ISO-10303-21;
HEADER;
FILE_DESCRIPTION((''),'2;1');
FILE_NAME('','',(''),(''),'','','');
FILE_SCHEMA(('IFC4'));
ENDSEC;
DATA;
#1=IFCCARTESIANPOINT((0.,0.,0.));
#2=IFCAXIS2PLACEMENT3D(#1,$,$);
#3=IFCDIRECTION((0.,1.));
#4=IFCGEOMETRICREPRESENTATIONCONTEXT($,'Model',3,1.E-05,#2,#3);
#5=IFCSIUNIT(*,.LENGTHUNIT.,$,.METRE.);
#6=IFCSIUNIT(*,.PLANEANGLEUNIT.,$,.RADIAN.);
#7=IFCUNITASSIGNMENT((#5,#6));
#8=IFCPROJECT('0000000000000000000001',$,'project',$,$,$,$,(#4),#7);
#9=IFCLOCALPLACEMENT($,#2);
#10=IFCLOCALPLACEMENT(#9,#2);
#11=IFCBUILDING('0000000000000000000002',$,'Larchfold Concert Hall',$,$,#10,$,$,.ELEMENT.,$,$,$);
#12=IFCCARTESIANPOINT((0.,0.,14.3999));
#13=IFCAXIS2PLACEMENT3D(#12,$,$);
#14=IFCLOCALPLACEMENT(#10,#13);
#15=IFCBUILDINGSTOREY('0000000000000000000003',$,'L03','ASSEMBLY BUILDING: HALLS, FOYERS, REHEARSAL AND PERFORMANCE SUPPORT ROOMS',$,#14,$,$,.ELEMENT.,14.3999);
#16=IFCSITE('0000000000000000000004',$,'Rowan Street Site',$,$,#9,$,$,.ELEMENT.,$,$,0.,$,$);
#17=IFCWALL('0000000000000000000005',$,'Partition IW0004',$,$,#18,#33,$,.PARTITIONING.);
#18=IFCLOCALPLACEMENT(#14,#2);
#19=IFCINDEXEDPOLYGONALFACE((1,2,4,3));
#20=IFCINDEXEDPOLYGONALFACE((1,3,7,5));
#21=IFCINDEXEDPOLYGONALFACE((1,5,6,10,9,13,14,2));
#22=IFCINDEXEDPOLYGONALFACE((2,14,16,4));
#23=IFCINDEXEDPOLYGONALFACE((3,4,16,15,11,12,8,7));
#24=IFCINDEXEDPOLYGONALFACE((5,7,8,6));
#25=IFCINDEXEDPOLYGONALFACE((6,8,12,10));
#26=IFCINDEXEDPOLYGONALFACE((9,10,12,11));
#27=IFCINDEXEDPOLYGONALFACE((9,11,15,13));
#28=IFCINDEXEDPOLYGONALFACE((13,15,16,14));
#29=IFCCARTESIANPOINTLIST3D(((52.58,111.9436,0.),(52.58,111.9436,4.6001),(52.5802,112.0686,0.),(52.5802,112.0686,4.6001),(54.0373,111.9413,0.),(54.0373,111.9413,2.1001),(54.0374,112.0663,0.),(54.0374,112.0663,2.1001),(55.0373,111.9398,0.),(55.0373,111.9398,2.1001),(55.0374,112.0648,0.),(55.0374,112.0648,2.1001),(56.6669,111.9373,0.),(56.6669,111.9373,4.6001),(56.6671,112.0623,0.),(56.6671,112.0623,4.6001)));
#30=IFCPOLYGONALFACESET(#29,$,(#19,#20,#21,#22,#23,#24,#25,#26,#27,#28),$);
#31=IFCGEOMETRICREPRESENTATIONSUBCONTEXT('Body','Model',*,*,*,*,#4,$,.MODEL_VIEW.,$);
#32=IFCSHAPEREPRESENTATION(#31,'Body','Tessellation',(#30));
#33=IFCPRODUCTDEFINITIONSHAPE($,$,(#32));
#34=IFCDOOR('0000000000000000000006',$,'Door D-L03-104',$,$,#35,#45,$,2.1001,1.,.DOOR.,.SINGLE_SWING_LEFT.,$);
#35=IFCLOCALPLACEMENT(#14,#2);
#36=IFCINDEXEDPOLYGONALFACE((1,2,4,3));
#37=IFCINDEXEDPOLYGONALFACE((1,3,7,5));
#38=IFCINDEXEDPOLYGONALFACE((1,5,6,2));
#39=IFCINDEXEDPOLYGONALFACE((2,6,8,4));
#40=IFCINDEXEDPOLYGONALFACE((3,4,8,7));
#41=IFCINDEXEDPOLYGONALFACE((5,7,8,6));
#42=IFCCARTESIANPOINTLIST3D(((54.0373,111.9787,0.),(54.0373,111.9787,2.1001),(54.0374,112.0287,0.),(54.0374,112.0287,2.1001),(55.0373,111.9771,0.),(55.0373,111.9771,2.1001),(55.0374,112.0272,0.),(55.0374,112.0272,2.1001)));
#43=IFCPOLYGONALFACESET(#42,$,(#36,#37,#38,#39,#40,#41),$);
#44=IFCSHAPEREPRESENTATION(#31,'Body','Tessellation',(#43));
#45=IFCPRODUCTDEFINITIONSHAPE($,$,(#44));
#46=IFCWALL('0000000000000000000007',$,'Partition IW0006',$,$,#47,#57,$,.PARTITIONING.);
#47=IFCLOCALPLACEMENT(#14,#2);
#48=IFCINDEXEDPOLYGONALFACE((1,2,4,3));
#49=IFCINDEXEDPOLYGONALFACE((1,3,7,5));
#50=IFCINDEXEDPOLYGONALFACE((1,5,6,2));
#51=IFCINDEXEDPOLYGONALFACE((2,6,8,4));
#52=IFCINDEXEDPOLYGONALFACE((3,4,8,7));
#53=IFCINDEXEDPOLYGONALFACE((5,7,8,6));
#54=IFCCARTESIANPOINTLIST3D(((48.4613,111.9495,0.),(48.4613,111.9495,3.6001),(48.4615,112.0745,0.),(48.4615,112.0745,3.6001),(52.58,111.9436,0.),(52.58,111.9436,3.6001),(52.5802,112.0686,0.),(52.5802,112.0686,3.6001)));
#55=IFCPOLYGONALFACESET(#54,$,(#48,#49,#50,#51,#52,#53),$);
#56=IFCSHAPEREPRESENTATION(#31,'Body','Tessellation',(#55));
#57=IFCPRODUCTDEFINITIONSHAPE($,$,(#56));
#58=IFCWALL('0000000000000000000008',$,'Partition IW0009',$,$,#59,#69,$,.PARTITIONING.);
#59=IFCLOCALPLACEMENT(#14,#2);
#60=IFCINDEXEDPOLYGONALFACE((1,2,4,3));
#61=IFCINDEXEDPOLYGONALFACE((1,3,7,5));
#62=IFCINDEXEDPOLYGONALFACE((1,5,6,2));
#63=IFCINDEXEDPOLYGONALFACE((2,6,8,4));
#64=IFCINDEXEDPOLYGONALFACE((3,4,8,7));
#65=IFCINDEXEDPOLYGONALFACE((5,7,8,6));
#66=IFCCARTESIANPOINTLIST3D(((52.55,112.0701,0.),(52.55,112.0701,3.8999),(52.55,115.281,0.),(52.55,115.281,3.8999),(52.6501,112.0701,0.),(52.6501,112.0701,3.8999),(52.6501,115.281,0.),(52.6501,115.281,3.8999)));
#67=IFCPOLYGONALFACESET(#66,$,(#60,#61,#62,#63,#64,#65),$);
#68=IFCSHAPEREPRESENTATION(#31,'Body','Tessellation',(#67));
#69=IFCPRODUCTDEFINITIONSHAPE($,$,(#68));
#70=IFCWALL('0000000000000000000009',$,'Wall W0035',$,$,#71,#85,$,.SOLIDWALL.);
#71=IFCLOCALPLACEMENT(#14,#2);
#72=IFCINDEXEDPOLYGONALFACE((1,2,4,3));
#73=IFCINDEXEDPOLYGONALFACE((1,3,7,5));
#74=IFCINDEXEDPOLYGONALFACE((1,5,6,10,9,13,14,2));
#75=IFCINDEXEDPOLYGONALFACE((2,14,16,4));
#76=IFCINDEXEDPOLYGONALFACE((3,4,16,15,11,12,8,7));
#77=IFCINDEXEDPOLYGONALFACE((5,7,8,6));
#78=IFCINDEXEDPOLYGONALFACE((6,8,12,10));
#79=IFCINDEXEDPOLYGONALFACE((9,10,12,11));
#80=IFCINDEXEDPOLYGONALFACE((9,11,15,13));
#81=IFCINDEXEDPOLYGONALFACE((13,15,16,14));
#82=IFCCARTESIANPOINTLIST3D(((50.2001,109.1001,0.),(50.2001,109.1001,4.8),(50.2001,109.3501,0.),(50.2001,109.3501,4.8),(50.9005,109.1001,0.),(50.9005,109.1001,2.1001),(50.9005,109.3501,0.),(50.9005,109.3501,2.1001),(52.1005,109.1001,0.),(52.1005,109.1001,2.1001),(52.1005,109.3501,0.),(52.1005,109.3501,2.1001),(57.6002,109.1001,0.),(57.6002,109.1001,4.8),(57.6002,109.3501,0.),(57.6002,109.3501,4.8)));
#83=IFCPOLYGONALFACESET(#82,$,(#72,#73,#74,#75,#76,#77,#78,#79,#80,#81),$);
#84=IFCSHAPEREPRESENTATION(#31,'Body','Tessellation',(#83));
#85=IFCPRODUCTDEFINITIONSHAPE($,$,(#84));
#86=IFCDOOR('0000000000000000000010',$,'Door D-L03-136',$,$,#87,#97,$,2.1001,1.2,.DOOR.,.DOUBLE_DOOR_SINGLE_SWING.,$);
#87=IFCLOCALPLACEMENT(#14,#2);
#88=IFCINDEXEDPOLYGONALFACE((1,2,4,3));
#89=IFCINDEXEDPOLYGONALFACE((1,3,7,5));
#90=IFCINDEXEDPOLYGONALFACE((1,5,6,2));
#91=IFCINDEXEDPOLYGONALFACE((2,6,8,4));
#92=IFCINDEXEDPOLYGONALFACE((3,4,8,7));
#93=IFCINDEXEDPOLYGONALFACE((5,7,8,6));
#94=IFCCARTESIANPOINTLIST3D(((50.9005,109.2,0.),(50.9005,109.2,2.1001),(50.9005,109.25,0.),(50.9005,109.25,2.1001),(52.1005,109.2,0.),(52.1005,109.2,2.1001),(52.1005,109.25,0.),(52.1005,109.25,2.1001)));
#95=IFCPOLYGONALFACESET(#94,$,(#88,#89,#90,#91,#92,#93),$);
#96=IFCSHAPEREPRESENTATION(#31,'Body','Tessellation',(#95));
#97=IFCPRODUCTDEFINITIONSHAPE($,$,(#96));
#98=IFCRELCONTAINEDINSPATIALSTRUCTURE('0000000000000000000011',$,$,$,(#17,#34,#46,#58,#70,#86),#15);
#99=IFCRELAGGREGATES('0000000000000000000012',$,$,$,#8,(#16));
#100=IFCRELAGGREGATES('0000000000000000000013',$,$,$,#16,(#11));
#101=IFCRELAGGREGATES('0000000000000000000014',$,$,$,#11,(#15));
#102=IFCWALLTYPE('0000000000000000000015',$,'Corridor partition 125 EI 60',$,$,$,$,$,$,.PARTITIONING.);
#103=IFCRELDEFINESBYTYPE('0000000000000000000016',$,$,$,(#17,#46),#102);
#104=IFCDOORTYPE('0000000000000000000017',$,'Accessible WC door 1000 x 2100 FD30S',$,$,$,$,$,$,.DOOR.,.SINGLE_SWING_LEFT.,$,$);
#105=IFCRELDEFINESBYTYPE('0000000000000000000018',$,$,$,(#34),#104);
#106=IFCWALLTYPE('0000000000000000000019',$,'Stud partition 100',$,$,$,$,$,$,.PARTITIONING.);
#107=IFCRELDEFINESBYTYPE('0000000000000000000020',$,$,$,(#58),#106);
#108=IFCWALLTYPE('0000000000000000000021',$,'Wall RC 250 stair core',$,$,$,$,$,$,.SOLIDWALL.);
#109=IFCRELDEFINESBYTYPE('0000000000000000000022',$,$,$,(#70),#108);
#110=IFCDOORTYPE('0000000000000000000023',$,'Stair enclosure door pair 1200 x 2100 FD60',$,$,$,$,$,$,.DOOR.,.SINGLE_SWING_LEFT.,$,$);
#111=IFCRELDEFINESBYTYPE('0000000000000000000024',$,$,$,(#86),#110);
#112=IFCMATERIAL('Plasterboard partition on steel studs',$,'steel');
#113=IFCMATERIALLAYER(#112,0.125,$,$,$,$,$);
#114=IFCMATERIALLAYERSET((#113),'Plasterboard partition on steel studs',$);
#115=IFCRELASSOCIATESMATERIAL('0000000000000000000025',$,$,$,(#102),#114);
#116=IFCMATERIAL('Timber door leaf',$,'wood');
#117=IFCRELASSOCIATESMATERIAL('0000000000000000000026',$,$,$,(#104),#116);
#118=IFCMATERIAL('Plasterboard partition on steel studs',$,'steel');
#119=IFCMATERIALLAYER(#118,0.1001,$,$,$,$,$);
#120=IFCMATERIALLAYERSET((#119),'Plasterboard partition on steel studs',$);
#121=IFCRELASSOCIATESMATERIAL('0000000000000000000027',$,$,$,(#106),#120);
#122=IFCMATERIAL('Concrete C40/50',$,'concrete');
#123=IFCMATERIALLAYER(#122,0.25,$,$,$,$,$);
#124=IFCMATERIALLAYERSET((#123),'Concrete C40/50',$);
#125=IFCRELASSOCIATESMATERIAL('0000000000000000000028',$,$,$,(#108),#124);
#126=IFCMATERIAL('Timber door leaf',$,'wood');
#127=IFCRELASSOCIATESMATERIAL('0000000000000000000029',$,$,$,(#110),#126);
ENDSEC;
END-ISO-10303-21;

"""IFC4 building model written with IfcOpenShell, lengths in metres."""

from ifc_helpers import new_model, si_unit, direction, frame, frame_2d, origin, place, context, subcontext, project, spatial, rectangle, extrude, material, layer, layer_set, type_object, element, fill, save


model = new_model("IFC4")

# Units and contexts
model_context = context("Model", 3, precision=1e-05, world=origin(), true_north=direction((0.0, 1.0)))
body_context = subcontext(model_context, "Body", "Model", "MODEL_VIEW")
ifc_project = project(units=[si_unit("LENGTHUNIT", "METRE"), si_unit("PLANEANGLEUNIT", "RADIAN")], contexts=[model_context])

# Site, building, storey
site_placement = place(None, origin())
site = spatial("IfcSite", under=ifc_project, at=site_placement, Name="Rowan Street Site", CompositionType="ELEMENT", RefElevation=0.0)
building_placement = place(site_placement, origin())
building = spatial("IfcBuilding", under=site, at=building_placement, Name="Larchfold Concert Hall", CompositionType="ELEMENT")
storey_placement = place(building_placement, frame((0.0, 0.0, 14.3999)))
storey = spatial("IfcBuildingStorey", under=building, at=storey_placement, Name="L03", Description="ASSEMBLY BUILDING: HALLS, FOYERS, REHEARSAL AND PERFORMANCE SUPPORT ROOMS", CompositionType="ELEMENT", Elevation=14.3999)

# Wall, opening, door
ifc_material_1 = material(Name="Plasterboard partition on steel studs", Category="steel")
ifc_layer_1 = layer(ifc_material_1, 0.125)
ifc_layer_set_1 = layer_set([ifc_layer_1], Name="Plasterboard partition on steel studs")
wall_type_1 = type_object("IfcWallType", Name="Corridor partition 125 EI 60", PredefinedType="PARTITIONING", material=ifc_layer_set_1)
wall_1_placement = place(storey_placement, frame((52.5801, 112.0061, 0.0), z_axis=(0.0, 0.0, 1.0), x_axis=(0.999999, -0.001553, 0.0)))
wall_1 = element("IfcWall", 1, at=wall_1_placement, inside=storey, type_object=wall_type_1, Name="Partition IW0004", PredefinedType="PARTITIONING", context=body_context, shape_type="SweptSolid", body=[
    extrude(rectangle(XDim=4.0869, YDim=0.125, at=frame_2d((2.0435, 0.0))), origin(), (0.0, 0.0, 1.0), 4.6001),
])
opening_1_placement = place(wall_1_placement, frame((1.4573, 0.0, 0.0)))
opening_1 = element("IfcOpeningElement", 2, at=opening_1_placement, cuts=wall_1, PredefinedType="OPENING", context=body_context, shape_type="SweptSolid", body=[
    extrude(rectangle(XDim=1.0, YDim=2.1001, at=frame_2d((0.5, 1.05))), frame((0.0, 0.0725, 0.0), z_axis=(0.0, -1.0, 0.0), x_axis=(1.0, 0.0, 0.0)), (0.0, 0.0, 1.0), 0.145),
])
ifc_material_2 = material(Name="Timber door leaf", Category="wood")
door_type_1 = type_object("IfcDoorType", Name="Accessible WC door 1000 x 2100 FD30S", OperationType="SINGLE_SWING_LEFT", PredefinedType="DOOR", material=ifc_material_2)
door_1_placement = place(opening_1_placement, origin())
door_1 = element("IfcDoor", 3, at=door_1_placement, inside=storey, type_object=door_type_1, Name="Door D-L03-104", OperationType="SINGLE_SWING_LEFT", OverallHeight=2.1001, OverallWidth=1.0, PredefinedType="DOOR", context=body_context, shape_type="SweptSolid", body=[
    extrude(rectangle(XDim=1.0, YDim=2.1001, at=frame_2d((0.5, 1.05))), frame((0.0, 0.0249, 0.0), z_axis=(0.0, -1.0, 0.0), x_axis=(1.0, 0.0, 0.0)), (0.0, 0.0, 1.0), 0.05),
])
fill(opening_1, door_1)

# Walls
wall_2_placement = place(storey_placement, frame((48.4614, 112.012, 0.0), z_axis=(0.0, 0.0, 1.0), x_axis=(0.999999, -0.001423, 0.0)))
element("IfcWall", 4, at=wall_2_placement, inside=storey, type_object=wall_type_1, Name="Partition IW0006", PredefinedType="PARTITIONING", context=body_context, shape_type="SweptSolid", body=[
    extrude(rectangle(XDim=4.1187, YDim=0.125, at=frame_2d((2.0593, 0.0))), origin(), (0.0, 0.0, 1.0), 3.6001),
])
ifc_material_3 = material(Name="Plasterboard partition on steel studs", Category="steel")
ifc_layer_2 = layer(ifc_material_3, 0.1001)
ifc_layer_set_2 = layer_set([ifc_layer_2], Name="Plasterboard partition on steel studs")
wall_type_2 = type_object("IfcWallType", Name="Stud partition 100", PredefinedType="PARTITIONING", material=ifc_layer_set_2)
wall_3_placement = place(storey_placement, frame((52.6001, 112.0701, 0.0), z_axis=(0.0, 0.0, 1.0), x_axis=(0.0, 1.0, 0.0)))
element("IfcWall", 5, at=wall_3_placement, inside=storey, type_object=wall_type_2, Name="Partition IW0009", PredefinedType="PARTITIONING", context=body_context, shape_type="SweptSolid", body=[
    extrude(rectangle(XDim=3.2109, YDim=0.1001, at=frame_2d((1.6055, 0.0))), origin(), (0.0, 0.0, 1.0), 3.8999),
])

# Wall, opening, door
ifc_material_4 = material(Name="Concrete C40/50", Category="concrete")
ifc_layer_3 = layer(ifc_material_4, 0.25)
ifc_layer_set_3 = layer_set([ifc_layer_3], Name="Concrete C40/50")
wall_type_3 = type_object("IfcWallType", Name="Wall RC 250 stair core", PredefinedType="SOLIDWALL", material=ifc_layer_set_3)
wall_4_placement = place(storey_placement, frame((50.2, 109.2251, 0.0), z_axis=(0.0, 0.0, 1.0), x_axis=(1.0, 0.0, 0.0)))
wall_4 = element("IfcWall", 6, at=wall_4_placement, inside=storey, type_object=wall_type_3, Name="Wall W0035", PredefinedType="SOLIDWALL", context=body_context, shape_type="SweptSolid", body=[
    extrude(rectangle(XDim=7.4001, YDim=0.25, at=frame_2d((3.7002, 0.0))), origin(), (0.0, 0.0, 1.0), 4.8),
])
opening_2_placement = place(wall_4_placement, frame((0.7004, 0.0, 0.0)))
opening_2 = element("IfcOpeningElement", 7, at=opening_2_placement, cuts=wall_4, PredefinedType="OPENING", context=body_context, shape_type="SweptSolid", body=[
    extrude(rectangle(XDim=1.2, YDim=2.1001, at=frame_2d((0.6001, 1.05))), frame((0.0, 0.135, 0.0), z_axis=(0.0, -1.0, 0.0), x_axis=(1.0, 0.0, 0.0)), (0.0, 0.0, 1.0), 0.27),
])
ifc_material_5 = material(Name="Timber door leaf", Category="wood")
door_type_2 = type_object("IfcDoorType", Name="Stair enclosure door pair 1200 x 2100 FD60", OperationType="SINGLE_SWING_LEFT", PredefinedType="DOOR", material=ifc_material_5)
door_2_placement = place(opening_2_placement, origin())
door_2 = element("IfcDoor", 8, at=door_2_placement, inside=storey, type_object=door_type_2, Name="Door D-L03-136", OperationType="DOUBLE_DOOR_SINGLE_SWING", OverallHeight=2.1001, OverallWidth=1.2, PredefinedType="DOOR", context=body_context, shape_type="SweptSolid", body=[
    extrude(rectangle(XDim=1.2, YDim=2.1001, at=frame_2d((0.6001, 1.05))), frame((0.0, 0.0249, 0.0), z_axis=(0.0, -1.0, 0.0), x_axis=(1.0, 0.0, 0.0)), (0.0, 0.0, 1.0), 0.05),
])
fill(opening_2, door_2)

save(model, "model.ifc")
